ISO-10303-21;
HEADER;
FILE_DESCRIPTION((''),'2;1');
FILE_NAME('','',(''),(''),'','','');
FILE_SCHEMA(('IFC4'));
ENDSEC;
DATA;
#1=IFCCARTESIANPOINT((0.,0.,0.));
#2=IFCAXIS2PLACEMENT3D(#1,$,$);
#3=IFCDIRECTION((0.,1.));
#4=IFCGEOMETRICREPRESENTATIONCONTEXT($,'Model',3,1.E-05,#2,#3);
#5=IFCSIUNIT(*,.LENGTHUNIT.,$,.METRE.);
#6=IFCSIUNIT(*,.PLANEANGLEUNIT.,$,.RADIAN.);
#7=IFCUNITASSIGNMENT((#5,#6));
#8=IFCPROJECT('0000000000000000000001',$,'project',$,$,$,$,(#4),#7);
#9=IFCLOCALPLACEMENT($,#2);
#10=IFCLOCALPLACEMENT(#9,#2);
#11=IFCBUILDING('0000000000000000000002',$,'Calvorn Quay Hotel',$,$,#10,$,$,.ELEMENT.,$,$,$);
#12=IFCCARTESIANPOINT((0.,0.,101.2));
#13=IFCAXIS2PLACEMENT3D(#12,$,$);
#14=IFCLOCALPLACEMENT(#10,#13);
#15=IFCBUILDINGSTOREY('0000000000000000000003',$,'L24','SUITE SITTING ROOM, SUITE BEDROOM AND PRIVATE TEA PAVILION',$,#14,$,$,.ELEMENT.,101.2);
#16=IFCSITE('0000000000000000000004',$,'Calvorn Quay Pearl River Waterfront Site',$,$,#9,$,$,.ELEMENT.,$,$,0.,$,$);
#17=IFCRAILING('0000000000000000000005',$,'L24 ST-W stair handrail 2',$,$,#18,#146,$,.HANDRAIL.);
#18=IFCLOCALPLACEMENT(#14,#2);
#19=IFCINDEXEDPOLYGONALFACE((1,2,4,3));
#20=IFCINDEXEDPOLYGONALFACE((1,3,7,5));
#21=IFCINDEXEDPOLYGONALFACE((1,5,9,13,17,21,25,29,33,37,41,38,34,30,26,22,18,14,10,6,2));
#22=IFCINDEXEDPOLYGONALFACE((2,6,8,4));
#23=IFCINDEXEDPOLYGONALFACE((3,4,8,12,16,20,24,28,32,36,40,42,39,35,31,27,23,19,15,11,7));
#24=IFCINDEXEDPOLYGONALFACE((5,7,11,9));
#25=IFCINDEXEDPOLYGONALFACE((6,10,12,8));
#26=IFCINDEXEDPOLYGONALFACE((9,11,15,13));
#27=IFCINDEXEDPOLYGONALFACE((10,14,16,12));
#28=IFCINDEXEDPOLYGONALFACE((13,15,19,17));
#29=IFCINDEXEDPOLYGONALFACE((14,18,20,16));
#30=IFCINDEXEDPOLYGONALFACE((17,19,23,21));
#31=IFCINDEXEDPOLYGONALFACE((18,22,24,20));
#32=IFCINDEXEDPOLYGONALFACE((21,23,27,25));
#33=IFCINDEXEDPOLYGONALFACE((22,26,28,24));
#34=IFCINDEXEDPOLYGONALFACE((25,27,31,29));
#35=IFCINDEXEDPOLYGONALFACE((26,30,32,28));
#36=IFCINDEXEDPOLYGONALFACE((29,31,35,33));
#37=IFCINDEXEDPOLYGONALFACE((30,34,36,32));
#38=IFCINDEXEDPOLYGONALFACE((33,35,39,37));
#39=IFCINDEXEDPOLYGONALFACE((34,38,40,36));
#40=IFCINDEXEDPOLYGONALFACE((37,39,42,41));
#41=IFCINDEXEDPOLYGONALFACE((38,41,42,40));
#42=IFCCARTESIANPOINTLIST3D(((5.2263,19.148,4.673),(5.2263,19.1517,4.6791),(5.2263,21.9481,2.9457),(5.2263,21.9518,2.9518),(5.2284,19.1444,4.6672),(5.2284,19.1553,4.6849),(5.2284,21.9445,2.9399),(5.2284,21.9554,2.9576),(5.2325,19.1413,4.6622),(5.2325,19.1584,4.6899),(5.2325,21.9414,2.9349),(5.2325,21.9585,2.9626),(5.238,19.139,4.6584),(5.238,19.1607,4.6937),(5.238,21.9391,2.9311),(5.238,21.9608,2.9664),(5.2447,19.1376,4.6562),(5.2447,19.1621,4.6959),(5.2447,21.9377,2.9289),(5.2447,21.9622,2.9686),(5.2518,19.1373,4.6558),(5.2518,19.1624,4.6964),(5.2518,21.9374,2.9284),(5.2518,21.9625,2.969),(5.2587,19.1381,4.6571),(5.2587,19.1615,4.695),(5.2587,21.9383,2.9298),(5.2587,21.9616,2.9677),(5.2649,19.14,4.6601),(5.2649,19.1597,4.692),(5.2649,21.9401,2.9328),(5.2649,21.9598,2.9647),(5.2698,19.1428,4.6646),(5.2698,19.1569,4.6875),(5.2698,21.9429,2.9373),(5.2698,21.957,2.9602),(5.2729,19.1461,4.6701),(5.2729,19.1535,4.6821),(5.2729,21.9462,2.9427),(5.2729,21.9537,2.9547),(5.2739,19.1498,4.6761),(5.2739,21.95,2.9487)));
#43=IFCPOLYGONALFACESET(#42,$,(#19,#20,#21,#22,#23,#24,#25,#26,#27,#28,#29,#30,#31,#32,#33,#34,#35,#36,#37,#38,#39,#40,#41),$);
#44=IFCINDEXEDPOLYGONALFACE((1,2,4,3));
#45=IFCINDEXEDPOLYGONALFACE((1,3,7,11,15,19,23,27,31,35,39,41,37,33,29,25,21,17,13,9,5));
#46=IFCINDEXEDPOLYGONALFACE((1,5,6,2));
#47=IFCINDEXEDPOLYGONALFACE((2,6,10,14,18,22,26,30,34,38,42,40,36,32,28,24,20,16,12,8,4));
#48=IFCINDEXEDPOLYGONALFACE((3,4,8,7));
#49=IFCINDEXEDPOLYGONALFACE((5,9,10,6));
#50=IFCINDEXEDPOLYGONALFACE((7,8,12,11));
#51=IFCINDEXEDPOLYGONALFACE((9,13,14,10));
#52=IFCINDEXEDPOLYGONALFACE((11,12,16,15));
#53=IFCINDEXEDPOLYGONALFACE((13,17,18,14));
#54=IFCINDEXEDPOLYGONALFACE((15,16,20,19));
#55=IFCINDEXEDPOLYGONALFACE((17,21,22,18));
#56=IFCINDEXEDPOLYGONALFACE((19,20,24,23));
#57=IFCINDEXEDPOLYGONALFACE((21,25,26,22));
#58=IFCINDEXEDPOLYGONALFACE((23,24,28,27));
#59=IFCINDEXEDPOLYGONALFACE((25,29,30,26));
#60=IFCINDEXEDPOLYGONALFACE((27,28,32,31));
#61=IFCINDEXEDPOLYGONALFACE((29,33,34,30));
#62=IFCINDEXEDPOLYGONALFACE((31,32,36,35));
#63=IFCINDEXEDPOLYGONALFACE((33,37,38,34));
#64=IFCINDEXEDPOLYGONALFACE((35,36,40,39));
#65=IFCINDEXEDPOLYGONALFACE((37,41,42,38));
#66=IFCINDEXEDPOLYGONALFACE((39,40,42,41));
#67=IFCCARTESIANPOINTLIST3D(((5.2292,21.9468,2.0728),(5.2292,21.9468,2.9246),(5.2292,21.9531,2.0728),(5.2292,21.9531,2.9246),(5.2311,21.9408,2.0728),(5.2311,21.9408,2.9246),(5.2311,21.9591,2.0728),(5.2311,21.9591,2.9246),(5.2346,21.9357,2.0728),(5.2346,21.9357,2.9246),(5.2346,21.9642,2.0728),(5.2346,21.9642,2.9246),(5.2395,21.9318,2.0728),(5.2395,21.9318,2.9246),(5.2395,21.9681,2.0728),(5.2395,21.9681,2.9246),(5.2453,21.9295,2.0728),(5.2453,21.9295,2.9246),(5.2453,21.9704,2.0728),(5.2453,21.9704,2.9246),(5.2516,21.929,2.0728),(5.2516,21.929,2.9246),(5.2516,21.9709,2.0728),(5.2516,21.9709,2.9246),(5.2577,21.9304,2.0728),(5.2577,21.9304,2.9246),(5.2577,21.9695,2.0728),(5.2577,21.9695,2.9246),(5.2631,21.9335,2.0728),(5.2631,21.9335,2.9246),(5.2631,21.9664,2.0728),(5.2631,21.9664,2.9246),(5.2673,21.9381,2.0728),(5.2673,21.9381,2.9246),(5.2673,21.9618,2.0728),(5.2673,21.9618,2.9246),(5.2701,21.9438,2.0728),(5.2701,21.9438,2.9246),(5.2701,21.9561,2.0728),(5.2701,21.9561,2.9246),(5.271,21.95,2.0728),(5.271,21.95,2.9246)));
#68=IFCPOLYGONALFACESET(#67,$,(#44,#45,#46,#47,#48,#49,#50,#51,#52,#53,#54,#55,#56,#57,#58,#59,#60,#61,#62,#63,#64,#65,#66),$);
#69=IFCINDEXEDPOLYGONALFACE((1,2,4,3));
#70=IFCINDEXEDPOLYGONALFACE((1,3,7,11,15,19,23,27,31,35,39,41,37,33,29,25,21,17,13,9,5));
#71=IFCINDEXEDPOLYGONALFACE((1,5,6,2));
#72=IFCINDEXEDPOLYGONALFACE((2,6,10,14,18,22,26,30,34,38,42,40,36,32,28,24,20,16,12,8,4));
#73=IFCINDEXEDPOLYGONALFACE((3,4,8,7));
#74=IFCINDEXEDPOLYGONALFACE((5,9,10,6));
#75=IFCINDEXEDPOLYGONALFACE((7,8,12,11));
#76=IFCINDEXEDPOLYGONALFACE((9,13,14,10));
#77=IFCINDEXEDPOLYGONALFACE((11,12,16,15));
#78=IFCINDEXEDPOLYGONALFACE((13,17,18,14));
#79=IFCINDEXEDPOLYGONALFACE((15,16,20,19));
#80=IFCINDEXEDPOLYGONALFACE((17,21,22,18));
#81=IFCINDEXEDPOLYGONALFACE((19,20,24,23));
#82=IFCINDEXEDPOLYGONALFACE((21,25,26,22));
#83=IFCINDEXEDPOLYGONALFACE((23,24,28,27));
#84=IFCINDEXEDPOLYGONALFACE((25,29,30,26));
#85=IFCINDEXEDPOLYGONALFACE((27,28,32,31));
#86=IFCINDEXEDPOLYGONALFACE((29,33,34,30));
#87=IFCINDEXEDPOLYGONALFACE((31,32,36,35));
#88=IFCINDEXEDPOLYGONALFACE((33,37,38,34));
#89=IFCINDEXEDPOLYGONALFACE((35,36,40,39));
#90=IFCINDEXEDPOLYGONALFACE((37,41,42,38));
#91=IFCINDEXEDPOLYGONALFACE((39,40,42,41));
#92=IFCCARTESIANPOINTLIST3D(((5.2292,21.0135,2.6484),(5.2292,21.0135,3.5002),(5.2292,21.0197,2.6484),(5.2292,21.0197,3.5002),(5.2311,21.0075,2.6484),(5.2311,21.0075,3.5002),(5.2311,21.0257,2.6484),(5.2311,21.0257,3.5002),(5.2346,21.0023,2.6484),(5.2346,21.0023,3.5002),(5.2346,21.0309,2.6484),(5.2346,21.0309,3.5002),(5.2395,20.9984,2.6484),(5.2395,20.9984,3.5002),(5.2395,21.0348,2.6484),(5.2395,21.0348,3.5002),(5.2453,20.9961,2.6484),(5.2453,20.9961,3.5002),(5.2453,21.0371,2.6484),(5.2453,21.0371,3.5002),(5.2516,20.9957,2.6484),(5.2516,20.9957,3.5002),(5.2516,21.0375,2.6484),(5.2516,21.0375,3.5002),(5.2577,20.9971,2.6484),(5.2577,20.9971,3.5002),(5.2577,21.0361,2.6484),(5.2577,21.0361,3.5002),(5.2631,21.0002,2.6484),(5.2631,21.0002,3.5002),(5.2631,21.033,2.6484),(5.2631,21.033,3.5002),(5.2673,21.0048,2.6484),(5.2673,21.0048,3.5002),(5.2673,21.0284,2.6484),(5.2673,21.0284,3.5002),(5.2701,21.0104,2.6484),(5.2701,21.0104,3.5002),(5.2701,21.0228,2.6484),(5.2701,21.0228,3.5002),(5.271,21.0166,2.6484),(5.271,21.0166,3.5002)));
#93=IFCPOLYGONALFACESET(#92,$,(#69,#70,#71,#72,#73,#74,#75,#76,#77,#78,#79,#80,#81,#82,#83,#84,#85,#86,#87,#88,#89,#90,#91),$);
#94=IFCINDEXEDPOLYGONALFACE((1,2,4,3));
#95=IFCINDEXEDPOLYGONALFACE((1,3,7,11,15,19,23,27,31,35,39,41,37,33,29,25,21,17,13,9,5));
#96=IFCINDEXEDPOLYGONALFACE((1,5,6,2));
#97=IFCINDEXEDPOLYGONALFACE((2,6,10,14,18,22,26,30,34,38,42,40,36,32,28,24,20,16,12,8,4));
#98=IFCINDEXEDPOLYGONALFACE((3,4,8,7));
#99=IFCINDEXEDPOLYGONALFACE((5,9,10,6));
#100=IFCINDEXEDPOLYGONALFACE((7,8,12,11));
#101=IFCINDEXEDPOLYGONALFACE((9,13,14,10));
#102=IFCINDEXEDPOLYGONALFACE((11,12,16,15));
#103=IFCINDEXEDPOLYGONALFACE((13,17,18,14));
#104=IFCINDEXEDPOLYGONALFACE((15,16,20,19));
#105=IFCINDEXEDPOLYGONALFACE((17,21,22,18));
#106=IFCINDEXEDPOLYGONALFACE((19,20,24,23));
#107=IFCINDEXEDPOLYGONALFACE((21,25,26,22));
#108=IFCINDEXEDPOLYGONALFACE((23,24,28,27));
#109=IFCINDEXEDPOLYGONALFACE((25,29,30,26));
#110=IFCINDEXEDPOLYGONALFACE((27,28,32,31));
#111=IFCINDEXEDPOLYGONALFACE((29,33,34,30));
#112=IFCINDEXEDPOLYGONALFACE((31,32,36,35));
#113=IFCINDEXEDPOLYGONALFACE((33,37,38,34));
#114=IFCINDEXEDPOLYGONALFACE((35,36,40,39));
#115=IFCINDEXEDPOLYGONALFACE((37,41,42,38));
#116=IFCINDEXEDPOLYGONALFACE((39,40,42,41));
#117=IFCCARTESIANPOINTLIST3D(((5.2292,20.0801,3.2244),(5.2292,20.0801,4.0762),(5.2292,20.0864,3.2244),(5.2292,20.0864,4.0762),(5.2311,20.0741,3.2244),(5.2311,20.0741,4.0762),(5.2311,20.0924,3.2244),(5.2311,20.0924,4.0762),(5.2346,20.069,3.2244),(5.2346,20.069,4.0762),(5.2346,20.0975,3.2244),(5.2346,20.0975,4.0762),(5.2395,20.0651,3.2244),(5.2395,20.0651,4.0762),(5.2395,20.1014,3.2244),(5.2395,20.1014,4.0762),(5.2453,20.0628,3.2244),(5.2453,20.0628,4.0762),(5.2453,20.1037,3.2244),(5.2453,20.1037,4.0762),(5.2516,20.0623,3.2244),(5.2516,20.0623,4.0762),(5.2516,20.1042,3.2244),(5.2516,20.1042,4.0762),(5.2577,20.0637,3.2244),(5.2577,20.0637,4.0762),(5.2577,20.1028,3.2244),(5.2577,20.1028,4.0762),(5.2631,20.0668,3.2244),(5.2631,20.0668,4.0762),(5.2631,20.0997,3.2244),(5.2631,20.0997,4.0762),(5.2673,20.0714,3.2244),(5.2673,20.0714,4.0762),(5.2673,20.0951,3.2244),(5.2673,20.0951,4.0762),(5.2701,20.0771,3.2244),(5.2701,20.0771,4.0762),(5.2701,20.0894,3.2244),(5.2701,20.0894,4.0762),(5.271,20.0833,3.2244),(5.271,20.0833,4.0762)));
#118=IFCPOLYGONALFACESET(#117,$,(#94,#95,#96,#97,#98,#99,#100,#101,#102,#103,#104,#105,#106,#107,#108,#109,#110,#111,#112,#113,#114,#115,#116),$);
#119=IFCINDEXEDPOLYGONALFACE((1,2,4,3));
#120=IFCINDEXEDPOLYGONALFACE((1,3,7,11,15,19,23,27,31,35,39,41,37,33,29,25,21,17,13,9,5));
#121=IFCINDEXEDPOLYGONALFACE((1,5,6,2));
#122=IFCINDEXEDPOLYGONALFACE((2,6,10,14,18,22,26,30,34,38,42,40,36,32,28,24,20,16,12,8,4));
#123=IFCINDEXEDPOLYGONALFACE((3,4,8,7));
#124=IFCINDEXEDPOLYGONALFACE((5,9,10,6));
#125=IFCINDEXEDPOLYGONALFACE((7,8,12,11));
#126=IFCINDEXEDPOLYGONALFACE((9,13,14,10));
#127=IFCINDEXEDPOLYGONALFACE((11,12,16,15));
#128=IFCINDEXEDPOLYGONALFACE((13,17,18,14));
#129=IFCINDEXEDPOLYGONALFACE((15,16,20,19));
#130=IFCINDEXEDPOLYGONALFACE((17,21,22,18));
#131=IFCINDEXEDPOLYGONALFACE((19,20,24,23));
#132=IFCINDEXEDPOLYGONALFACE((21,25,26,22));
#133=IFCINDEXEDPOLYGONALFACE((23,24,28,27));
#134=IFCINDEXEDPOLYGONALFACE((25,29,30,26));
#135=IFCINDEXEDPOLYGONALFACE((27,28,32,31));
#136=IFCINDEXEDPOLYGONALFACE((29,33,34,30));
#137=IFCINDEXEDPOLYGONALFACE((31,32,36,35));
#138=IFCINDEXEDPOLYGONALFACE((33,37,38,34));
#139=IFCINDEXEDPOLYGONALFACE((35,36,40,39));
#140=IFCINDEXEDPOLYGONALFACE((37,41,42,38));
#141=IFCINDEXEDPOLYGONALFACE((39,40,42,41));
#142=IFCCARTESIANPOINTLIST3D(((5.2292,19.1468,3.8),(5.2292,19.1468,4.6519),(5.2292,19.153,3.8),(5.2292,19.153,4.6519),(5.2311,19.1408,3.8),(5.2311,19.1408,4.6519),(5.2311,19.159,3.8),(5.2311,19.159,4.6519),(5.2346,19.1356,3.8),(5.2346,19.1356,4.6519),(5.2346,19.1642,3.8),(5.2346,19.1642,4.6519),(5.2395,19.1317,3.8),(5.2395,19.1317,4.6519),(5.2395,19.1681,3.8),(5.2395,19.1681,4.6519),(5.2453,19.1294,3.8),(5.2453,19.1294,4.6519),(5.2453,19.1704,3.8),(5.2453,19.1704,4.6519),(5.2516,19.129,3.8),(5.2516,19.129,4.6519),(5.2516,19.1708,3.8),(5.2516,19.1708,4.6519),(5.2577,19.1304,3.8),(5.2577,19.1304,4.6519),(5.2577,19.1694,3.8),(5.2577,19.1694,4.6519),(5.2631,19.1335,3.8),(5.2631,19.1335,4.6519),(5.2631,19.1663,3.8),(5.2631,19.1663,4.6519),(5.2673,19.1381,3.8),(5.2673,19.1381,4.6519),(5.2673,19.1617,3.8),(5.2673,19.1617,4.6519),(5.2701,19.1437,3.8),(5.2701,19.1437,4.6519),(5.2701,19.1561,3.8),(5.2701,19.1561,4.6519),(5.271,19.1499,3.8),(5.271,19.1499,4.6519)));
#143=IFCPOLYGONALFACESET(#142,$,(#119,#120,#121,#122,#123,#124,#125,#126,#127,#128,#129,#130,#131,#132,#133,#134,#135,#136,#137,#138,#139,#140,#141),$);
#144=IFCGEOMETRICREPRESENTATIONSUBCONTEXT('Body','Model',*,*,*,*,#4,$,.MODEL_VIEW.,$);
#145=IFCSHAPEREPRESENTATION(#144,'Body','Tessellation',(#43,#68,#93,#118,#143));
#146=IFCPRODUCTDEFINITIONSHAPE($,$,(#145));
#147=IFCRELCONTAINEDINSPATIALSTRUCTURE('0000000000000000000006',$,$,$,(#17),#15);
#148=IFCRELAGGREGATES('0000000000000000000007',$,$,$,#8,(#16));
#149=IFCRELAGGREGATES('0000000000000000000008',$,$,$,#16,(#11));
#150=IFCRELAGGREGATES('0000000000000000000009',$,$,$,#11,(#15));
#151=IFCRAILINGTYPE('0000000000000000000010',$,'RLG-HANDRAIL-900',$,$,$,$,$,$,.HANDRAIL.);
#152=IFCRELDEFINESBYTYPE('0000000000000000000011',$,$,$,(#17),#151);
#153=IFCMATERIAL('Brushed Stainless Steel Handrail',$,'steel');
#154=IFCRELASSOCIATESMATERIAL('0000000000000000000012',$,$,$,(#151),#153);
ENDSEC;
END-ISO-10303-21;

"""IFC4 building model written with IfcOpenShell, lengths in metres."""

from ifc_helpers import new_model, si_unit, direction, frame, origin, origin_2d, place, context, subcontext, project, spatial, circle, extrude, material, type_object, element, save


model = new_model("IFC4")

# Units and contexts
model_context = context("Model", 3, precision=1e-05, world=origin(), true_north=direction((0.0, 1.0)))
body_context = subcontext(model_context, "Body", "Model", "MODEL_VIEW")
ifc_project = project(units=[si_unit("LENGTHUNIT", "METRE"), si_unit("PLANEANGLEUNIT", "RADIAN")], contexts=[model_context])

# Site, building, storey
site_placement = place(None, origin())
site = spatial("IfcSite", under=ifc_project, at=site_placement, Name="Calvorn Quay Pearl River Waterfront Site", CompositionType="ELEMENT", RefElevation=0.0)
building_placement = place(site_placement, origin())
building = spatial("IfcBuilding", under=site, at=building_placement, Name="Calvorn Quay Hotel", CompositionType="ELEMENT")
storey_placement = place(building_placement, frame((0.0, 0.0, 101.2)))
storey = spatial("IfcBuildingStorey", under=building, at=storey_placement, Name="L24", Description="SUITE SITTING ROOM, SUITE BEDROOM AND PRIVATE TEA PAVILION", CompositionType="ELEMENT", Elevation=101.2)

# Railing
ifc_material_1 = material(Name="Brushed Stainless Steel Handrail", Category="steel")
railing_type_1 = type_object("IfcRailingType", Name="RLG-HANDRAIL-900", PredefinedType="HANDRAIL", material=ifc_material_1)
railing_1_placement = place(storey_placement, frame((5.25, 21.95, 2.0728)))
element("IfcRailing", 1, at=railing_1_placement, inside=storey, type_object=railing_type_1, Name="L24 ST-W stair handrail 2", PredefinedType="HANDRAIL", context=body_context, shape_type="SweptSolid", body=[
    extrude(circle(Radius=0.0239, at=origin_2d()), frame((0.0, 0.0, 0.876), z_axis=(0.0, -0.85109, 0.52502), x_axis=(1.0, 0.0, 0.0)), (0.0, 0.0, 1.0), 3.29),
    extrude(circle(Radius=0.021, at=origin_2d()), origin(), (0.0, 0.0, 1.0), 0.8518),
    extrude(circle(Radius=0.021, at=origin_2d()), frame((0.0, -0.9333, 0.5757)), (0.0, 0.0, 1.0), 0.8518),
    extrude(circle(Radius=0.021, at=origin_2d()), frame((0.0, -1.8667, 1.1516)), (0.0, 0.0, 1.0), 0.8518),
    extrude(circle(Radius=0.021, at=origin_2d()), frame((0.0, -2.8, 1.7273)), (0.0, 0.0, 1.0), 0.8518),
])

save(model, "model.ifc")
